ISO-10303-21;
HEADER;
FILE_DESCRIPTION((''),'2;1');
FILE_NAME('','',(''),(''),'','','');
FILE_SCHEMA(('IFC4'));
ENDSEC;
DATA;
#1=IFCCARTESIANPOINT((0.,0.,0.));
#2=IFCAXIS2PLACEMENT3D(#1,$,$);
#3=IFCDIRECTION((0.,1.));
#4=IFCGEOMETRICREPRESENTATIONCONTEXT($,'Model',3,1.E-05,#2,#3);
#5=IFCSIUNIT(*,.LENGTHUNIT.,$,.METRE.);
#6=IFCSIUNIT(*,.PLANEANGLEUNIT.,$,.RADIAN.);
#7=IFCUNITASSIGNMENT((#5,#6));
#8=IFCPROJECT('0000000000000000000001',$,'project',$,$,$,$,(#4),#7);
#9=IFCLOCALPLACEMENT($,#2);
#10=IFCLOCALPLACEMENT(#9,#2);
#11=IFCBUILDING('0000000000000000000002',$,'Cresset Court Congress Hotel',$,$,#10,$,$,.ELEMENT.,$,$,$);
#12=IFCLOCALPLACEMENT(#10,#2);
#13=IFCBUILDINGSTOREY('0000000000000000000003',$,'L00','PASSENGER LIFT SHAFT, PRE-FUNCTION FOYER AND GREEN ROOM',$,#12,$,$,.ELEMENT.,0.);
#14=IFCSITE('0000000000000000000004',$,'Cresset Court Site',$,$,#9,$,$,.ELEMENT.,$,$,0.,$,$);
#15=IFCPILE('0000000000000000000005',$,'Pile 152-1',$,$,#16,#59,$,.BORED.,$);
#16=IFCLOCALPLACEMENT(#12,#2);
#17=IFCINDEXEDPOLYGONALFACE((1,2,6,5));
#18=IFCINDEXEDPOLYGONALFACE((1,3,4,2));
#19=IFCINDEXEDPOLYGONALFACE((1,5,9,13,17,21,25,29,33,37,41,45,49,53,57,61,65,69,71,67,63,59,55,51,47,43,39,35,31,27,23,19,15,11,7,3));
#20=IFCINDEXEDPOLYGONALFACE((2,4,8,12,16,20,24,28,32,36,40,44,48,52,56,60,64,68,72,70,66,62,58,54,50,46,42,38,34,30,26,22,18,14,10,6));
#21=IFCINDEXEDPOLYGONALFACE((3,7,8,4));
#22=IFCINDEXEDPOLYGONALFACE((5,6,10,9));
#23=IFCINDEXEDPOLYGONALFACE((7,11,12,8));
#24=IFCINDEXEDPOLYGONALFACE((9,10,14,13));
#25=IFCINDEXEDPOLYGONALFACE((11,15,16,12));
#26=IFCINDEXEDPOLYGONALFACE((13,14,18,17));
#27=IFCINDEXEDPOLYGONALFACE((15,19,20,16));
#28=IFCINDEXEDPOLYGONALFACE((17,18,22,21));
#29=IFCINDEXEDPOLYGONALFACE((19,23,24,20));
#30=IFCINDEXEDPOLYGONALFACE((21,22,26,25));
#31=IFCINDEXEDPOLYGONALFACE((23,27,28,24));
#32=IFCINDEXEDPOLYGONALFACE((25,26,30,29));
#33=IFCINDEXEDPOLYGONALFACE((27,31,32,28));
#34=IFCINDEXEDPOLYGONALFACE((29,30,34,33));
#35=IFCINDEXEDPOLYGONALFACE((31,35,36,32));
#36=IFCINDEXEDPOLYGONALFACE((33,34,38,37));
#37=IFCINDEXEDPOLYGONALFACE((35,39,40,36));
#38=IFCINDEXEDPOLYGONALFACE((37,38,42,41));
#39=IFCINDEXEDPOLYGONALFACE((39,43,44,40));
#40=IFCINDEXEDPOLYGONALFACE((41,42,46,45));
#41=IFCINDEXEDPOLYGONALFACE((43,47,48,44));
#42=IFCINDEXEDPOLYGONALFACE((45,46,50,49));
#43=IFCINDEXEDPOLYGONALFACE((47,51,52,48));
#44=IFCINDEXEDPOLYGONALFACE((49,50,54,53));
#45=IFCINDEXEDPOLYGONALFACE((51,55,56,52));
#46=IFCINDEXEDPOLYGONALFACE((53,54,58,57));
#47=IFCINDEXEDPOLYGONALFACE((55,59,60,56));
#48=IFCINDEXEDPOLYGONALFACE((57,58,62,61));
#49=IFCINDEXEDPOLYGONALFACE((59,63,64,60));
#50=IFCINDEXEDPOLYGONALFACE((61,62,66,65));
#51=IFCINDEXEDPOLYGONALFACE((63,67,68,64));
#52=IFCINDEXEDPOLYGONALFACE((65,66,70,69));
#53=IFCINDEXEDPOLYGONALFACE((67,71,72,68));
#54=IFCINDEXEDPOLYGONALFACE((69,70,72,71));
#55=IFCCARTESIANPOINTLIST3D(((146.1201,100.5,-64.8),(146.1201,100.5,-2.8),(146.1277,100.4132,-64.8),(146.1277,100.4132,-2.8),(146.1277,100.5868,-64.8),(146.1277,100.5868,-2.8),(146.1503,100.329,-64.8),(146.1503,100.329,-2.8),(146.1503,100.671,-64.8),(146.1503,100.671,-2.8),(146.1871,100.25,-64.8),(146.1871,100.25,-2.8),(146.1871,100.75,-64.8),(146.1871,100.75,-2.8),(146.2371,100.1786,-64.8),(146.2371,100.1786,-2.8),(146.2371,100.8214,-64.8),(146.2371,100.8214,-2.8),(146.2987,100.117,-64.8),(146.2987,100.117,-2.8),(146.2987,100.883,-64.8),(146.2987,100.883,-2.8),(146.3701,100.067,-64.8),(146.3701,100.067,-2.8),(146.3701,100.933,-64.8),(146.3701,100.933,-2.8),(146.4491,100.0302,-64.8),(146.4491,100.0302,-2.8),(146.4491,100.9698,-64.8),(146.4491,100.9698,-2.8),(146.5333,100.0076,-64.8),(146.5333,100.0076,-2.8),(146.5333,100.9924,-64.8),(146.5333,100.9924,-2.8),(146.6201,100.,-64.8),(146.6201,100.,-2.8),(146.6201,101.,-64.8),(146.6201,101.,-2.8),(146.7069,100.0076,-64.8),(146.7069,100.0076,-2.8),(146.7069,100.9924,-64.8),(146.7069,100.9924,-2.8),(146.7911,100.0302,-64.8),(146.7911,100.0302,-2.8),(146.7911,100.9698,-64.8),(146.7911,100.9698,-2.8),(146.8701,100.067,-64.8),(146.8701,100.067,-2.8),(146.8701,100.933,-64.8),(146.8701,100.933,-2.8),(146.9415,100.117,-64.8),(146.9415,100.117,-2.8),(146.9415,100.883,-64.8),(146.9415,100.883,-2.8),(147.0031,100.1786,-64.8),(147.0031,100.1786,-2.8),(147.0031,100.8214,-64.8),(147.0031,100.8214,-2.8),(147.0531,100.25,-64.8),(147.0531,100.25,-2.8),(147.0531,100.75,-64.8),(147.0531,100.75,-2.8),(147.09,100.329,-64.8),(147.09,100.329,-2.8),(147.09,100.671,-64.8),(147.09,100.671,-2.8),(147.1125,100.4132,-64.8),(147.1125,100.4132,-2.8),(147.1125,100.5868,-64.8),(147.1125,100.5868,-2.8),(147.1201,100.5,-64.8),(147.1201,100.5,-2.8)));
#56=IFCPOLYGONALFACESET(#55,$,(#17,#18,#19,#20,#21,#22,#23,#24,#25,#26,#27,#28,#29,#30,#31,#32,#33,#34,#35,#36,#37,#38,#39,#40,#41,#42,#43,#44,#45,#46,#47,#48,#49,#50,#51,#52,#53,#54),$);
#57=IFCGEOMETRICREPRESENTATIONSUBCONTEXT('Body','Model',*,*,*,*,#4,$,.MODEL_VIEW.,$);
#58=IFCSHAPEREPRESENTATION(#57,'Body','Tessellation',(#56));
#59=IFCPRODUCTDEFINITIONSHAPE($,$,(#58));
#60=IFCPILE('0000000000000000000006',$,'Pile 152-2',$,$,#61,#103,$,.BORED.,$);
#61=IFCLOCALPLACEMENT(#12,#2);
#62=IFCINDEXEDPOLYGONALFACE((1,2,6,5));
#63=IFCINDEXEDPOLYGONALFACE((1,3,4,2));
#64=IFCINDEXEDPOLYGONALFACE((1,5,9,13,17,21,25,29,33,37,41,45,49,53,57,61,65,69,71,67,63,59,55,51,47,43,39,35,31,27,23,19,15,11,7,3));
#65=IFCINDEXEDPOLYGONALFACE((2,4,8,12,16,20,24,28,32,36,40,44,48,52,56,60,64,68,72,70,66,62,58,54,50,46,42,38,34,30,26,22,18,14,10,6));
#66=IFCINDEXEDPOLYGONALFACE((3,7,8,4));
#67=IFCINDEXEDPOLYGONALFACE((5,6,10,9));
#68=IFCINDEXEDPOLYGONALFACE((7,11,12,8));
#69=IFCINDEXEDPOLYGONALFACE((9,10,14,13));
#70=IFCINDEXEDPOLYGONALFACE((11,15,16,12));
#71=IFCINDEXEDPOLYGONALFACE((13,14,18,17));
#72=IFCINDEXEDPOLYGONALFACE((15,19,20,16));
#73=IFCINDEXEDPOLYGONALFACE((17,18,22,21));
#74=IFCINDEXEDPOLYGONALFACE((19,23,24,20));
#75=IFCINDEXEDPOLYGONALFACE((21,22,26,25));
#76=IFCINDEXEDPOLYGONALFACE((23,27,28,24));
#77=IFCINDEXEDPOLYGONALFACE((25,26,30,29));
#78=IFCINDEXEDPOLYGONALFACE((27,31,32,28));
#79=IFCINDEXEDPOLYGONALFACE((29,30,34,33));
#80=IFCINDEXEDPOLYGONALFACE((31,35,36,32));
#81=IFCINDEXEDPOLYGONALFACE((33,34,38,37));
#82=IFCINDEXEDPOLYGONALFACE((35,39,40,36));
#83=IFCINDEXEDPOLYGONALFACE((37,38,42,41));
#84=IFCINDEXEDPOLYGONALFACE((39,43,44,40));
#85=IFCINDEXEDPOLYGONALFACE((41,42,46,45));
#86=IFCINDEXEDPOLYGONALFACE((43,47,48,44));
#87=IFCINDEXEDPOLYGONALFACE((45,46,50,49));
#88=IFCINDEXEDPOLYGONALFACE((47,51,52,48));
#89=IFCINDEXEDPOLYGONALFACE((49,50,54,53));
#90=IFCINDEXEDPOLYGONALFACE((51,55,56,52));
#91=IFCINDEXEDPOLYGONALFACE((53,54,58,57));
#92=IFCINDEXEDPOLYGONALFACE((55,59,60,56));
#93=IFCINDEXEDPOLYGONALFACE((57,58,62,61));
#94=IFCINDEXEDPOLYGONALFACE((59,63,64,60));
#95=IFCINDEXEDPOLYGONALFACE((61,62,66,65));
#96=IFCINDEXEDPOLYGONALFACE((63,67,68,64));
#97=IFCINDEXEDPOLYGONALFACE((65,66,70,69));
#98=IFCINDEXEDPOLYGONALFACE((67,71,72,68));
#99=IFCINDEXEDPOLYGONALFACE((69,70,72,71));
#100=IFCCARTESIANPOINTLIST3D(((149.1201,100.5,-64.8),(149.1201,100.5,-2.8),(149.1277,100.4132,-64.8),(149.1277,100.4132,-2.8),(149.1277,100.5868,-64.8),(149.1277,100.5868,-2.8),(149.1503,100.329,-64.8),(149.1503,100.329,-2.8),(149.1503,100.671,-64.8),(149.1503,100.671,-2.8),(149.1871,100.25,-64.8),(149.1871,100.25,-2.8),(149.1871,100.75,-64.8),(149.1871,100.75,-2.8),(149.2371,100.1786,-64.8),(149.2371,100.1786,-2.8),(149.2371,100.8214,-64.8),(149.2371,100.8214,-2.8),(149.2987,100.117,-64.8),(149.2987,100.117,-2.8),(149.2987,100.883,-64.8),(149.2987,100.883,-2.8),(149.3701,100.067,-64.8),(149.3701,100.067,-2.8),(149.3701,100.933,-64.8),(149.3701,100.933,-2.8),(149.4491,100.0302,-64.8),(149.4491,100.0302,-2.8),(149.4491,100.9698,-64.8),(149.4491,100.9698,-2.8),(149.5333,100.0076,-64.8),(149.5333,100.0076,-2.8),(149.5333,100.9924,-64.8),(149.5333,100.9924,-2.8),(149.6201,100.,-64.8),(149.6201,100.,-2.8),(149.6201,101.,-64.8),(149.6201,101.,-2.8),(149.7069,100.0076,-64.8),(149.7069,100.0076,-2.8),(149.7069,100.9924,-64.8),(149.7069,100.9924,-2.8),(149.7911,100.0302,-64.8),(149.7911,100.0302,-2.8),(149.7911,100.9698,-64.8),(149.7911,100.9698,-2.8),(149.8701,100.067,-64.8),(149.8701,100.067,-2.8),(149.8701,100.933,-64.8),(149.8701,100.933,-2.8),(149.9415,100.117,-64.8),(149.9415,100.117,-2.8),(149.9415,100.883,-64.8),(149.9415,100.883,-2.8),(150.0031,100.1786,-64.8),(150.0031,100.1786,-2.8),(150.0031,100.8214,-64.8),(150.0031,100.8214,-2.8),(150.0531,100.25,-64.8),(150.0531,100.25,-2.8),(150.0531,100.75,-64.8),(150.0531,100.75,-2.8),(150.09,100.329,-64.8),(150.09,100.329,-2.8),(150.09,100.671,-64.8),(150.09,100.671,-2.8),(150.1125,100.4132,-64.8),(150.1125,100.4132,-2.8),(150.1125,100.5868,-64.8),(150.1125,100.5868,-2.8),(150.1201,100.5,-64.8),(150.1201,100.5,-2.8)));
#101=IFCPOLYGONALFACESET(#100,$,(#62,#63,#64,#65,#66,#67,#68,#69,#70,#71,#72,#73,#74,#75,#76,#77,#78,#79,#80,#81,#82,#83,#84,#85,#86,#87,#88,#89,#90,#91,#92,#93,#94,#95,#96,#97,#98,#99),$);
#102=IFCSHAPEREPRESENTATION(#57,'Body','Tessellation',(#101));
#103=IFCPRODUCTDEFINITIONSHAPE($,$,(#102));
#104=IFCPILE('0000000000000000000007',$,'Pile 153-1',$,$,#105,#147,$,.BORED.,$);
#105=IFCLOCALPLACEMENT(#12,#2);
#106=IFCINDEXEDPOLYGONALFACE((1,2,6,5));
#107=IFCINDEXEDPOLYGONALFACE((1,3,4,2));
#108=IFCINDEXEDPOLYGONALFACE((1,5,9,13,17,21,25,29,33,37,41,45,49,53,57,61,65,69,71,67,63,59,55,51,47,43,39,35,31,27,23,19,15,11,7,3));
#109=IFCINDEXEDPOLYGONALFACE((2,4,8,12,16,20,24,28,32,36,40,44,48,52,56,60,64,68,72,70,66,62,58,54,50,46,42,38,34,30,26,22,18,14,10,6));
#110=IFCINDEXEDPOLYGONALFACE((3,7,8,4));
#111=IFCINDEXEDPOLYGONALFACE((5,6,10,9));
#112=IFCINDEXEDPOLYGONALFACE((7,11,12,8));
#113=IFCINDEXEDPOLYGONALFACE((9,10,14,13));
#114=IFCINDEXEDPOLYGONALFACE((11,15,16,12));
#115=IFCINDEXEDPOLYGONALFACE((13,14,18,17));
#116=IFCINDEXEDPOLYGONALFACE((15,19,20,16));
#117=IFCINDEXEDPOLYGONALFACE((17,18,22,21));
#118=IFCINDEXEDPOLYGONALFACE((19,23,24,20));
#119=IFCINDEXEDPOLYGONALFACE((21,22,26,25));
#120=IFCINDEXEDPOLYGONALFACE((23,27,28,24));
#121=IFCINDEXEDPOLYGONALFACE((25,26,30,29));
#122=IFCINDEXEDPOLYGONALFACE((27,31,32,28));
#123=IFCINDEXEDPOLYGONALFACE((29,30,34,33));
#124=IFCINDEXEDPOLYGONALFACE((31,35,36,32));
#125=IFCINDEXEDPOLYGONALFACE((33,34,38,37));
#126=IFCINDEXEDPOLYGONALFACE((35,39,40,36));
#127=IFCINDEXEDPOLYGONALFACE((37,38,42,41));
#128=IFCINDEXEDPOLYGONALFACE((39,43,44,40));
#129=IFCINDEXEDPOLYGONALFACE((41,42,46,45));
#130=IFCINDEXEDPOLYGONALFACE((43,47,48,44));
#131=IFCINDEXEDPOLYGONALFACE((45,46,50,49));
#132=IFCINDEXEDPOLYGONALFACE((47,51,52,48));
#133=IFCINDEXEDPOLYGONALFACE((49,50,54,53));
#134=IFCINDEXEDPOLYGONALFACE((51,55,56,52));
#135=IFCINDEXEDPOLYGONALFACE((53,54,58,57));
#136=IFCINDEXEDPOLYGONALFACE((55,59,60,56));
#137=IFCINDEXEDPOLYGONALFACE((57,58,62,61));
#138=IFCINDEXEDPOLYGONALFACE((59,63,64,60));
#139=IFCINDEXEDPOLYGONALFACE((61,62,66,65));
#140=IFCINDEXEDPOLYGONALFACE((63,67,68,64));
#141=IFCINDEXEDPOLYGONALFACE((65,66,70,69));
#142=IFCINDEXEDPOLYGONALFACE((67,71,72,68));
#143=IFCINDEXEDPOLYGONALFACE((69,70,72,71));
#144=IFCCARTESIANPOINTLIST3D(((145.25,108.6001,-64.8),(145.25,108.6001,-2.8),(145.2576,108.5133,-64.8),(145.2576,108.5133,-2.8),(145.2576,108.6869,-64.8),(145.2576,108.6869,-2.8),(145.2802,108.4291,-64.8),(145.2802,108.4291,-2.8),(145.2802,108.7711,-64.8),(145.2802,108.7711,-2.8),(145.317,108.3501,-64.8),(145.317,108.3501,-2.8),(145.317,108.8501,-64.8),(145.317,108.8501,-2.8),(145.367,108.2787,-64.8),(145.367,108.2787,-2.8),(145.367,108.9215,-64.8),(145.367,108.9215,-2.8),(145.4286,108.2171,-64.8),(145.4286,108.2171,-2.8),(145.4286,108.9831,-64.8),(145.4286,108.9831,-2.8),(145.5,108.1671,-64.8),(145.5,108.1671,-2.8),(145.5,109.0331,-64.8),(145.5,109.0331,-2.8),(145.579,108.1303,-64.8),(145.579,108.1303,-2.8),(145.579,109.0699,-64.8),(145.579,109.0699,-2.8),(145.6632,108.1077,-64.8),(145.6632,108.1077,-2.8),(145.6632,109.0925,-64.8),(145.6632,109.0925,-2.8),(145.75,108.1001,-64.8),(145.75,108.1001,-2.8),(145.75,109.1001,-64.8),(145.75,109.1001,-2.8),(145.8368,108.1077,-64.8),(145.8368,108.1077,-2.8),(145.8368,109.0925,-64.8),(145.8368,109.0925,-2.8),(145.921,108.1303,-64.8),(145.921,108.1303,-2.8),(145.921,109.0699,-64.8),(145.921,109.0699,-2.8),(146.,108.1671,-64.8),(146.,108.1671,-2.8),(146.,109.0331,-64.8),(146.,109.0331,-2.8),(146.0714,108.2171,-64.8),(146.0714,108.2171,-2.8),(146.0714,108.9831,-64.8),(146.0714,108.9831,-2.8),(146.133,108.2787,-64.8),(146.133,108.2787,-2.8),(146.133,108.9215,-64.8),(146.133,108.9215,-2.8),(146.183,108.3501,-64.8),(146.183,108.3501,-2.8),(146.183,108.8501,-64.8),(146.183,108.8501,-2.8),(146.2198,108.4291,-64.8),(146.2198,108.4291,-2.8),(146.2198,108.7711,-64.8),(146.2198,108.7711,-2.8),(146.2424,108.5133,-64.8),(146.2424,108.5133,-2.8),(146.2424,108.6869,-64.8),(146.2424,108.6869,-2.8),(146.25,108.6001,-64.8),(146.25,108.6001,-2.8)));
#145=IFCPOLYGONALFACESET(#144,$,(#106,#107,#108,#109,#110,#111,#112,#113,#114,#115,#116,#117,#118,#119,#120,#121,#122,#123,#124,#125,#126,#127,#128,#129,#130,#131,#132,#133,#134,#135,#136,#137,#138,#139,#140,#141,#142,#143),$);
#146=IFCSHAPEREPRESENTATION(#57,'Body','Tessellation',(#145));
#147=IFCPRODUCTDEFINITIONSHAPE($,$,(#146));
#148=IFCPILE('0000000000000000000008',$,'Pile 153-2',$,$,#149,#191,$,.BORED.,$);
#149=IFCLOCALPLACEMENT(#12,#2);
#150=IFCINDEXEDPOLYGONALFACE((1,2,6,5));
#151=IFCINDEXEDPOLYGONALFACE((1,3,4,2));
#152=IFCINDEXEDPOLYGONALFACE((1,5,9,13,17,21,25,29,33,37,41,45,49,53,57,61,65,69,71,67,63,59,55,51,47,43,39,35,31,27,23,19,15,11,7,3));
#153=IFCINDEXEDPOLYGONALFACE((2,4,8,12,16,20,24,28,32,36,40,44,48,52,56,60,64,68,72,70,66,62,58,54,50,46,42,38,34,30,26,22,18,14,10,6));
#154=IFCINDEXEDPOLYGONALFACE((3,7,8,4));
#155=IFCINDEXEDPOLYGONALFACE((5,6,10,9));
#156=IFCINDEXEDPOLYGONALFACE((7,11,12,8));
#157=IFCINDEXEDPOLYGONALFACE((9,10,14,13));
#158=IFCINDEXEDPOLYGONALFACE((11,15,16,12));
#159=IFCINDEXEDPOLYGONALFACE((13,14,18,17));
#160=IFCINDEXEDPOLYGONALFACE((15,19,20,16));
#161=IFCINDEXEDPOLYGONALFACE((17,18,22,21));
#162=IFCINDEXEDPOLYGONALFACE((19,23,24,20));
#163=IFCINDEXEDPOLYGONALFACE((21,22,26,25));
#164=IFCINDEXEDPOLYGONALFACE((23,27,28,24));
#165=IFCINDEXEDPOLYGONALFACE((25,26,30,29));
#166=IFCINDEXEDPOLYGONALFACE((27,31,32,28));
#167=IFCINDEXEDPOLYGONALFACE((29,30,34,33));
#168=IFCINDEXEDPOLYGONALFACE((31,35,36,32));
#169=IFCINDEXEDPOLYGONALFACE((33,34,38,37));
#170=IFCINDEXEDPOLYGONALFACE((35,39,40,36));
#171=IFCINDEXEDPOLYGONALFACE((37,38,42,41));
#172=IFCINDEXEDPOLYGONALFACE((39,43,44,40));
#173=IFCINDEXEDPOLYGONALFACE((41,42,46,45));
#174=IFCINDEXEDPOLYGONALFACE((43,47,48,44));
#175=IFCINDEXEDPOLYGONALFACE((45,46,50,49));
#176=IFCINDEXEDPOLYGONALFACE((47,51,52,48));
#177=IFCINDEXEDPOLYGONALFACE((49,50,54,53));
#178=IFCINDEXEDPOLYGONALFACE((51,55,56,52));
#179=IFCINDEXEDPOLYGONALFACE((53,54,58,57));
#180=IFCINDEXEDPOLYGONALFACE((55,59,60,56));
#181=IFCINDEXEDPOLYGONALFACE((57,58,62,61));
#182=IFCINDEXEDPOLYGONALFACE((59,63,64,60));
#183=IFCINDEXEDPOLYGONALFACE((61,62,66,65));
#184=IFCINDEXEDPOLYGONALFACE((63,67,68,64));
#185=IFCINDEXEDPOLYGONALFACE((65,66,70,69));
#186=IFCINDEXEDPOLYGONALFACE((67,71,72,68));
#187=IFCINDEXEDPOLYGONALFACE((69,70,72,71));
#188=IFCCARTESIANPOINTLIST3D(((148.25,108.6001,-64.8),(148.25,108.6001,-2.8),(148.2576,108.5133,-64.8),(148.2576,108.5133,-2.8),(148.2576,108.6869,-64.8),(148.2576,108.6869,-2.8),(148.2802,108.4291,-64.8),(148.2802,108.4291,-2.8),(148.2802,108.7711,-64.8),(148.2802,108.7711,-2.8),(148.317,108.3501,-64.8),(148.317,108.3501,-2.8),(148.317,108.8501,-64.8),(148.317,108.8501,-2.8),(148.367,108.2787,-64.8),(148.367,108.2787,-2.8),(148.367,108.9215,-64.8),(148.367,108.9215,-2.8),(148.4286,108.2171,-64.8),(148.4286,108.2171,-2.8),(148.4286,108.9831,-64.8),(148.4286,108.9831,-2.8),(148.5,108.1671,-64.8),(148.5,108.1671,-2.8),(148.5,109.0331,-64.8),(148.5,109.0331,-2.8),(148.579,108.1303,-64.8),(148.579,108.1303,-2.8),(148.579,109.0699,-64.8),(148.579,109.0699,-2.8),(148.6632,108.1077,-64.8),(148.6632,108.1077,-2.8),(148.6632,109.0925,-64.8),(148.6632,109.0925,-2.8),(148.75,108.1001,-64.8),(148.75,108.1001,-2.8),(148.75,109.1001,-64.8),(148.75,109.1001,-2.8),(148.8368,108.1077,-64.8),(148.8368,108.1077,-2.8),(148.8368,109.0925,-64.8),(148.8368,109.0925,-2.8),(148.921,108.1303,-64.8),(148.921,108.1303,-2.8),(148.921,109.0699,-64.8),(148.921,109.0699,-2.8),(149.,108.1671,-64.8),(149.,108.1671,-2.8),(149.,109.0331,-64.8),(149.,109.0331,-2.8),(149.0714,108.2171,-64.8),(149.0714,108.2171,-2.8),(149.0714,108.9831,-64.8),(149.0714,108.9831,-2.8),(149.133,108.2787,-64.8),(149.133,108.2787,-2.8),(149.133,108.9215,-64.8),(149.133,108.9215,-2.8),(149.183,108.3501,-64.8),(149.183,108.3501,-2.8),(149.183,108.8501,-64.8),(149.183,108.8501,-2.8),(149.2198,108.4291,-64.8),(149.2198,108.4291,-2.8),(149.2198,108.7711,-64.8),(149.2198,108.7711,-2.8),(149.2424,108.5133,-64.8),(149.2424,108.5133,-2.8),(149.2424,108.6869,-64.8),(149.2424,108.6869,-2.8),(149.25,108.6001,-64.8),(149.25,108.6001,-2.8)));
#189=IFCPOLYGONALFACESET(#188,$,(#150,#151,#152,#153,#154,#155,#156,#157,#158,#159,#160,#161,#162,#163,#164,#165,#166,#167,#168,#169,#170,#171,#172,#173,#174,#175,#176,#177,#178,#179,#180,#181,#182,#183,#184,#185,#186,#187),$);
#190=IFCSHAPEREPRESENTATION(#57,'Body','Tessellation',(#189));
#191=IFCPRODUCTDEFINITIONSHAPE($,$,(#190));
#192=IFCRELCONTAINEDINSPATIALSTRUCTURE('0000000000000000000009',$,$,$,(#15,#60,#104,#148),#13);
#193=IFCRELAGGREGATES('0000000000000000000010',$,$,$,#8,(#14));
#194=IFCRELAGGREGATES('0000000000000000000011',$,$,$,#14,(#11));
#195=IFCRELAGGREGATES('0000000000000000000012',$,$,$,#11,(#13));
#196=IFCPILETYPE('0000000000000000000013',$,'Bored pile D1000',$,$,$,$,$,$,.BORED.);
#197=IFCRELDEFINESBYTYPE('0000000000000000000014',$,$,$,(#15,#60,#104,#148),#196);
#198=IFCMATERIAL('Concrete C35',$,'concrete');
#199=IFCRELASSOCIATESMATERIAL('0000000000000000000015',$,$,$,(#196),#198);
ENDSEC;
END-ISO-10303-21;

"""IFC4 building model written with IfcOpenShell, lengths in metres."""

from ifc_helpers import new_model, si_unit, direction, frame, origin, origin_2d, place, context, subcontext, project, spatial, circle, extrude, material, type_object, element, save


model = new_model("IFC4")

# Units and contexts
model_context = context("Model", 3, precision=1e-05, world=origin(), true_north=direction((0.0, 1.0)))
body_context = subcontext(model_context, "Body", "Model", "MODEL_VIEW")
ifc_project = project(units=[si_unit("LENGTHUNIT", "METRE"), si_unit("PLANEANGLEUNIT", "RADIAN")], contexts=[model_context])

# Site, building, storey
site_placement = place(None, origin())
site = spatial("IfcSite", under=ifc_project, at=site_placement, Name="Cresset Court Site", CompositionType="ELEMENT", RefElevation=0.0)
building_placement = place(site_placement, origin())
building = spatial("IfcBuilding", under=site, at=building_placement, Name="Cresset Court Congress Hotel", CompositionType="ELEMENT")
storey_placement = place(building_placement, origin())
storey = spatial("IfcBuildingStorey", under=building, at=storey_placement, Name="L00", Description="PASSENGER LIFT SHAFT, PRE-FUNCTION FOYER AND GREEN ROOM", CompositionType="ELEMENT", Elevation=0.0)

# Piles
ifc_material_1 = material(Name="Concrete C35", Category="concrete")
pile_type = type_object("IfcPileType", Name="Bored pile D1000", PredefinedType="BORED", material=ifc_material_1)
for number, where, z_axis, x_axis, name in (
    (1, (146.6201, 100.5, -2.8), (0.0, 0.0, -1.0), (1.0, 0.0, 0.0), "Pile 152-1"),
    (2, (149.6201, 100.5, -2.8), (0.0, 0.0, -1.0), (1.0, 0.0, 0.0), "Pile 152-2"),
    (3, (145.75, 108.6001, -2.8), (0.0, 0.0, -1.0), (1.0, 0.0, 0.0), "Pile 153-1"),
    (4, (148.75, 108.6001, -2.8), (0.0, 0.0, -1.0), (1.0, 0.0, 0.0), "Pile 153-2"),
):
    element("IfcPile", number, at=place(storey_placement, frame(where, z_axis=z_axis, x_axis=x_axis)), inside=storey, type_object=pile_type, Name=name, PredefinedType="BORED", context=body_context, shape_type="SweptSolid", body=[
        extrude(circle(Radius=0.5, at=origin_2d()), origin(), (0.0, 0.0, 1.0), 62.0),
    ])

save(model, "model.ifc")
